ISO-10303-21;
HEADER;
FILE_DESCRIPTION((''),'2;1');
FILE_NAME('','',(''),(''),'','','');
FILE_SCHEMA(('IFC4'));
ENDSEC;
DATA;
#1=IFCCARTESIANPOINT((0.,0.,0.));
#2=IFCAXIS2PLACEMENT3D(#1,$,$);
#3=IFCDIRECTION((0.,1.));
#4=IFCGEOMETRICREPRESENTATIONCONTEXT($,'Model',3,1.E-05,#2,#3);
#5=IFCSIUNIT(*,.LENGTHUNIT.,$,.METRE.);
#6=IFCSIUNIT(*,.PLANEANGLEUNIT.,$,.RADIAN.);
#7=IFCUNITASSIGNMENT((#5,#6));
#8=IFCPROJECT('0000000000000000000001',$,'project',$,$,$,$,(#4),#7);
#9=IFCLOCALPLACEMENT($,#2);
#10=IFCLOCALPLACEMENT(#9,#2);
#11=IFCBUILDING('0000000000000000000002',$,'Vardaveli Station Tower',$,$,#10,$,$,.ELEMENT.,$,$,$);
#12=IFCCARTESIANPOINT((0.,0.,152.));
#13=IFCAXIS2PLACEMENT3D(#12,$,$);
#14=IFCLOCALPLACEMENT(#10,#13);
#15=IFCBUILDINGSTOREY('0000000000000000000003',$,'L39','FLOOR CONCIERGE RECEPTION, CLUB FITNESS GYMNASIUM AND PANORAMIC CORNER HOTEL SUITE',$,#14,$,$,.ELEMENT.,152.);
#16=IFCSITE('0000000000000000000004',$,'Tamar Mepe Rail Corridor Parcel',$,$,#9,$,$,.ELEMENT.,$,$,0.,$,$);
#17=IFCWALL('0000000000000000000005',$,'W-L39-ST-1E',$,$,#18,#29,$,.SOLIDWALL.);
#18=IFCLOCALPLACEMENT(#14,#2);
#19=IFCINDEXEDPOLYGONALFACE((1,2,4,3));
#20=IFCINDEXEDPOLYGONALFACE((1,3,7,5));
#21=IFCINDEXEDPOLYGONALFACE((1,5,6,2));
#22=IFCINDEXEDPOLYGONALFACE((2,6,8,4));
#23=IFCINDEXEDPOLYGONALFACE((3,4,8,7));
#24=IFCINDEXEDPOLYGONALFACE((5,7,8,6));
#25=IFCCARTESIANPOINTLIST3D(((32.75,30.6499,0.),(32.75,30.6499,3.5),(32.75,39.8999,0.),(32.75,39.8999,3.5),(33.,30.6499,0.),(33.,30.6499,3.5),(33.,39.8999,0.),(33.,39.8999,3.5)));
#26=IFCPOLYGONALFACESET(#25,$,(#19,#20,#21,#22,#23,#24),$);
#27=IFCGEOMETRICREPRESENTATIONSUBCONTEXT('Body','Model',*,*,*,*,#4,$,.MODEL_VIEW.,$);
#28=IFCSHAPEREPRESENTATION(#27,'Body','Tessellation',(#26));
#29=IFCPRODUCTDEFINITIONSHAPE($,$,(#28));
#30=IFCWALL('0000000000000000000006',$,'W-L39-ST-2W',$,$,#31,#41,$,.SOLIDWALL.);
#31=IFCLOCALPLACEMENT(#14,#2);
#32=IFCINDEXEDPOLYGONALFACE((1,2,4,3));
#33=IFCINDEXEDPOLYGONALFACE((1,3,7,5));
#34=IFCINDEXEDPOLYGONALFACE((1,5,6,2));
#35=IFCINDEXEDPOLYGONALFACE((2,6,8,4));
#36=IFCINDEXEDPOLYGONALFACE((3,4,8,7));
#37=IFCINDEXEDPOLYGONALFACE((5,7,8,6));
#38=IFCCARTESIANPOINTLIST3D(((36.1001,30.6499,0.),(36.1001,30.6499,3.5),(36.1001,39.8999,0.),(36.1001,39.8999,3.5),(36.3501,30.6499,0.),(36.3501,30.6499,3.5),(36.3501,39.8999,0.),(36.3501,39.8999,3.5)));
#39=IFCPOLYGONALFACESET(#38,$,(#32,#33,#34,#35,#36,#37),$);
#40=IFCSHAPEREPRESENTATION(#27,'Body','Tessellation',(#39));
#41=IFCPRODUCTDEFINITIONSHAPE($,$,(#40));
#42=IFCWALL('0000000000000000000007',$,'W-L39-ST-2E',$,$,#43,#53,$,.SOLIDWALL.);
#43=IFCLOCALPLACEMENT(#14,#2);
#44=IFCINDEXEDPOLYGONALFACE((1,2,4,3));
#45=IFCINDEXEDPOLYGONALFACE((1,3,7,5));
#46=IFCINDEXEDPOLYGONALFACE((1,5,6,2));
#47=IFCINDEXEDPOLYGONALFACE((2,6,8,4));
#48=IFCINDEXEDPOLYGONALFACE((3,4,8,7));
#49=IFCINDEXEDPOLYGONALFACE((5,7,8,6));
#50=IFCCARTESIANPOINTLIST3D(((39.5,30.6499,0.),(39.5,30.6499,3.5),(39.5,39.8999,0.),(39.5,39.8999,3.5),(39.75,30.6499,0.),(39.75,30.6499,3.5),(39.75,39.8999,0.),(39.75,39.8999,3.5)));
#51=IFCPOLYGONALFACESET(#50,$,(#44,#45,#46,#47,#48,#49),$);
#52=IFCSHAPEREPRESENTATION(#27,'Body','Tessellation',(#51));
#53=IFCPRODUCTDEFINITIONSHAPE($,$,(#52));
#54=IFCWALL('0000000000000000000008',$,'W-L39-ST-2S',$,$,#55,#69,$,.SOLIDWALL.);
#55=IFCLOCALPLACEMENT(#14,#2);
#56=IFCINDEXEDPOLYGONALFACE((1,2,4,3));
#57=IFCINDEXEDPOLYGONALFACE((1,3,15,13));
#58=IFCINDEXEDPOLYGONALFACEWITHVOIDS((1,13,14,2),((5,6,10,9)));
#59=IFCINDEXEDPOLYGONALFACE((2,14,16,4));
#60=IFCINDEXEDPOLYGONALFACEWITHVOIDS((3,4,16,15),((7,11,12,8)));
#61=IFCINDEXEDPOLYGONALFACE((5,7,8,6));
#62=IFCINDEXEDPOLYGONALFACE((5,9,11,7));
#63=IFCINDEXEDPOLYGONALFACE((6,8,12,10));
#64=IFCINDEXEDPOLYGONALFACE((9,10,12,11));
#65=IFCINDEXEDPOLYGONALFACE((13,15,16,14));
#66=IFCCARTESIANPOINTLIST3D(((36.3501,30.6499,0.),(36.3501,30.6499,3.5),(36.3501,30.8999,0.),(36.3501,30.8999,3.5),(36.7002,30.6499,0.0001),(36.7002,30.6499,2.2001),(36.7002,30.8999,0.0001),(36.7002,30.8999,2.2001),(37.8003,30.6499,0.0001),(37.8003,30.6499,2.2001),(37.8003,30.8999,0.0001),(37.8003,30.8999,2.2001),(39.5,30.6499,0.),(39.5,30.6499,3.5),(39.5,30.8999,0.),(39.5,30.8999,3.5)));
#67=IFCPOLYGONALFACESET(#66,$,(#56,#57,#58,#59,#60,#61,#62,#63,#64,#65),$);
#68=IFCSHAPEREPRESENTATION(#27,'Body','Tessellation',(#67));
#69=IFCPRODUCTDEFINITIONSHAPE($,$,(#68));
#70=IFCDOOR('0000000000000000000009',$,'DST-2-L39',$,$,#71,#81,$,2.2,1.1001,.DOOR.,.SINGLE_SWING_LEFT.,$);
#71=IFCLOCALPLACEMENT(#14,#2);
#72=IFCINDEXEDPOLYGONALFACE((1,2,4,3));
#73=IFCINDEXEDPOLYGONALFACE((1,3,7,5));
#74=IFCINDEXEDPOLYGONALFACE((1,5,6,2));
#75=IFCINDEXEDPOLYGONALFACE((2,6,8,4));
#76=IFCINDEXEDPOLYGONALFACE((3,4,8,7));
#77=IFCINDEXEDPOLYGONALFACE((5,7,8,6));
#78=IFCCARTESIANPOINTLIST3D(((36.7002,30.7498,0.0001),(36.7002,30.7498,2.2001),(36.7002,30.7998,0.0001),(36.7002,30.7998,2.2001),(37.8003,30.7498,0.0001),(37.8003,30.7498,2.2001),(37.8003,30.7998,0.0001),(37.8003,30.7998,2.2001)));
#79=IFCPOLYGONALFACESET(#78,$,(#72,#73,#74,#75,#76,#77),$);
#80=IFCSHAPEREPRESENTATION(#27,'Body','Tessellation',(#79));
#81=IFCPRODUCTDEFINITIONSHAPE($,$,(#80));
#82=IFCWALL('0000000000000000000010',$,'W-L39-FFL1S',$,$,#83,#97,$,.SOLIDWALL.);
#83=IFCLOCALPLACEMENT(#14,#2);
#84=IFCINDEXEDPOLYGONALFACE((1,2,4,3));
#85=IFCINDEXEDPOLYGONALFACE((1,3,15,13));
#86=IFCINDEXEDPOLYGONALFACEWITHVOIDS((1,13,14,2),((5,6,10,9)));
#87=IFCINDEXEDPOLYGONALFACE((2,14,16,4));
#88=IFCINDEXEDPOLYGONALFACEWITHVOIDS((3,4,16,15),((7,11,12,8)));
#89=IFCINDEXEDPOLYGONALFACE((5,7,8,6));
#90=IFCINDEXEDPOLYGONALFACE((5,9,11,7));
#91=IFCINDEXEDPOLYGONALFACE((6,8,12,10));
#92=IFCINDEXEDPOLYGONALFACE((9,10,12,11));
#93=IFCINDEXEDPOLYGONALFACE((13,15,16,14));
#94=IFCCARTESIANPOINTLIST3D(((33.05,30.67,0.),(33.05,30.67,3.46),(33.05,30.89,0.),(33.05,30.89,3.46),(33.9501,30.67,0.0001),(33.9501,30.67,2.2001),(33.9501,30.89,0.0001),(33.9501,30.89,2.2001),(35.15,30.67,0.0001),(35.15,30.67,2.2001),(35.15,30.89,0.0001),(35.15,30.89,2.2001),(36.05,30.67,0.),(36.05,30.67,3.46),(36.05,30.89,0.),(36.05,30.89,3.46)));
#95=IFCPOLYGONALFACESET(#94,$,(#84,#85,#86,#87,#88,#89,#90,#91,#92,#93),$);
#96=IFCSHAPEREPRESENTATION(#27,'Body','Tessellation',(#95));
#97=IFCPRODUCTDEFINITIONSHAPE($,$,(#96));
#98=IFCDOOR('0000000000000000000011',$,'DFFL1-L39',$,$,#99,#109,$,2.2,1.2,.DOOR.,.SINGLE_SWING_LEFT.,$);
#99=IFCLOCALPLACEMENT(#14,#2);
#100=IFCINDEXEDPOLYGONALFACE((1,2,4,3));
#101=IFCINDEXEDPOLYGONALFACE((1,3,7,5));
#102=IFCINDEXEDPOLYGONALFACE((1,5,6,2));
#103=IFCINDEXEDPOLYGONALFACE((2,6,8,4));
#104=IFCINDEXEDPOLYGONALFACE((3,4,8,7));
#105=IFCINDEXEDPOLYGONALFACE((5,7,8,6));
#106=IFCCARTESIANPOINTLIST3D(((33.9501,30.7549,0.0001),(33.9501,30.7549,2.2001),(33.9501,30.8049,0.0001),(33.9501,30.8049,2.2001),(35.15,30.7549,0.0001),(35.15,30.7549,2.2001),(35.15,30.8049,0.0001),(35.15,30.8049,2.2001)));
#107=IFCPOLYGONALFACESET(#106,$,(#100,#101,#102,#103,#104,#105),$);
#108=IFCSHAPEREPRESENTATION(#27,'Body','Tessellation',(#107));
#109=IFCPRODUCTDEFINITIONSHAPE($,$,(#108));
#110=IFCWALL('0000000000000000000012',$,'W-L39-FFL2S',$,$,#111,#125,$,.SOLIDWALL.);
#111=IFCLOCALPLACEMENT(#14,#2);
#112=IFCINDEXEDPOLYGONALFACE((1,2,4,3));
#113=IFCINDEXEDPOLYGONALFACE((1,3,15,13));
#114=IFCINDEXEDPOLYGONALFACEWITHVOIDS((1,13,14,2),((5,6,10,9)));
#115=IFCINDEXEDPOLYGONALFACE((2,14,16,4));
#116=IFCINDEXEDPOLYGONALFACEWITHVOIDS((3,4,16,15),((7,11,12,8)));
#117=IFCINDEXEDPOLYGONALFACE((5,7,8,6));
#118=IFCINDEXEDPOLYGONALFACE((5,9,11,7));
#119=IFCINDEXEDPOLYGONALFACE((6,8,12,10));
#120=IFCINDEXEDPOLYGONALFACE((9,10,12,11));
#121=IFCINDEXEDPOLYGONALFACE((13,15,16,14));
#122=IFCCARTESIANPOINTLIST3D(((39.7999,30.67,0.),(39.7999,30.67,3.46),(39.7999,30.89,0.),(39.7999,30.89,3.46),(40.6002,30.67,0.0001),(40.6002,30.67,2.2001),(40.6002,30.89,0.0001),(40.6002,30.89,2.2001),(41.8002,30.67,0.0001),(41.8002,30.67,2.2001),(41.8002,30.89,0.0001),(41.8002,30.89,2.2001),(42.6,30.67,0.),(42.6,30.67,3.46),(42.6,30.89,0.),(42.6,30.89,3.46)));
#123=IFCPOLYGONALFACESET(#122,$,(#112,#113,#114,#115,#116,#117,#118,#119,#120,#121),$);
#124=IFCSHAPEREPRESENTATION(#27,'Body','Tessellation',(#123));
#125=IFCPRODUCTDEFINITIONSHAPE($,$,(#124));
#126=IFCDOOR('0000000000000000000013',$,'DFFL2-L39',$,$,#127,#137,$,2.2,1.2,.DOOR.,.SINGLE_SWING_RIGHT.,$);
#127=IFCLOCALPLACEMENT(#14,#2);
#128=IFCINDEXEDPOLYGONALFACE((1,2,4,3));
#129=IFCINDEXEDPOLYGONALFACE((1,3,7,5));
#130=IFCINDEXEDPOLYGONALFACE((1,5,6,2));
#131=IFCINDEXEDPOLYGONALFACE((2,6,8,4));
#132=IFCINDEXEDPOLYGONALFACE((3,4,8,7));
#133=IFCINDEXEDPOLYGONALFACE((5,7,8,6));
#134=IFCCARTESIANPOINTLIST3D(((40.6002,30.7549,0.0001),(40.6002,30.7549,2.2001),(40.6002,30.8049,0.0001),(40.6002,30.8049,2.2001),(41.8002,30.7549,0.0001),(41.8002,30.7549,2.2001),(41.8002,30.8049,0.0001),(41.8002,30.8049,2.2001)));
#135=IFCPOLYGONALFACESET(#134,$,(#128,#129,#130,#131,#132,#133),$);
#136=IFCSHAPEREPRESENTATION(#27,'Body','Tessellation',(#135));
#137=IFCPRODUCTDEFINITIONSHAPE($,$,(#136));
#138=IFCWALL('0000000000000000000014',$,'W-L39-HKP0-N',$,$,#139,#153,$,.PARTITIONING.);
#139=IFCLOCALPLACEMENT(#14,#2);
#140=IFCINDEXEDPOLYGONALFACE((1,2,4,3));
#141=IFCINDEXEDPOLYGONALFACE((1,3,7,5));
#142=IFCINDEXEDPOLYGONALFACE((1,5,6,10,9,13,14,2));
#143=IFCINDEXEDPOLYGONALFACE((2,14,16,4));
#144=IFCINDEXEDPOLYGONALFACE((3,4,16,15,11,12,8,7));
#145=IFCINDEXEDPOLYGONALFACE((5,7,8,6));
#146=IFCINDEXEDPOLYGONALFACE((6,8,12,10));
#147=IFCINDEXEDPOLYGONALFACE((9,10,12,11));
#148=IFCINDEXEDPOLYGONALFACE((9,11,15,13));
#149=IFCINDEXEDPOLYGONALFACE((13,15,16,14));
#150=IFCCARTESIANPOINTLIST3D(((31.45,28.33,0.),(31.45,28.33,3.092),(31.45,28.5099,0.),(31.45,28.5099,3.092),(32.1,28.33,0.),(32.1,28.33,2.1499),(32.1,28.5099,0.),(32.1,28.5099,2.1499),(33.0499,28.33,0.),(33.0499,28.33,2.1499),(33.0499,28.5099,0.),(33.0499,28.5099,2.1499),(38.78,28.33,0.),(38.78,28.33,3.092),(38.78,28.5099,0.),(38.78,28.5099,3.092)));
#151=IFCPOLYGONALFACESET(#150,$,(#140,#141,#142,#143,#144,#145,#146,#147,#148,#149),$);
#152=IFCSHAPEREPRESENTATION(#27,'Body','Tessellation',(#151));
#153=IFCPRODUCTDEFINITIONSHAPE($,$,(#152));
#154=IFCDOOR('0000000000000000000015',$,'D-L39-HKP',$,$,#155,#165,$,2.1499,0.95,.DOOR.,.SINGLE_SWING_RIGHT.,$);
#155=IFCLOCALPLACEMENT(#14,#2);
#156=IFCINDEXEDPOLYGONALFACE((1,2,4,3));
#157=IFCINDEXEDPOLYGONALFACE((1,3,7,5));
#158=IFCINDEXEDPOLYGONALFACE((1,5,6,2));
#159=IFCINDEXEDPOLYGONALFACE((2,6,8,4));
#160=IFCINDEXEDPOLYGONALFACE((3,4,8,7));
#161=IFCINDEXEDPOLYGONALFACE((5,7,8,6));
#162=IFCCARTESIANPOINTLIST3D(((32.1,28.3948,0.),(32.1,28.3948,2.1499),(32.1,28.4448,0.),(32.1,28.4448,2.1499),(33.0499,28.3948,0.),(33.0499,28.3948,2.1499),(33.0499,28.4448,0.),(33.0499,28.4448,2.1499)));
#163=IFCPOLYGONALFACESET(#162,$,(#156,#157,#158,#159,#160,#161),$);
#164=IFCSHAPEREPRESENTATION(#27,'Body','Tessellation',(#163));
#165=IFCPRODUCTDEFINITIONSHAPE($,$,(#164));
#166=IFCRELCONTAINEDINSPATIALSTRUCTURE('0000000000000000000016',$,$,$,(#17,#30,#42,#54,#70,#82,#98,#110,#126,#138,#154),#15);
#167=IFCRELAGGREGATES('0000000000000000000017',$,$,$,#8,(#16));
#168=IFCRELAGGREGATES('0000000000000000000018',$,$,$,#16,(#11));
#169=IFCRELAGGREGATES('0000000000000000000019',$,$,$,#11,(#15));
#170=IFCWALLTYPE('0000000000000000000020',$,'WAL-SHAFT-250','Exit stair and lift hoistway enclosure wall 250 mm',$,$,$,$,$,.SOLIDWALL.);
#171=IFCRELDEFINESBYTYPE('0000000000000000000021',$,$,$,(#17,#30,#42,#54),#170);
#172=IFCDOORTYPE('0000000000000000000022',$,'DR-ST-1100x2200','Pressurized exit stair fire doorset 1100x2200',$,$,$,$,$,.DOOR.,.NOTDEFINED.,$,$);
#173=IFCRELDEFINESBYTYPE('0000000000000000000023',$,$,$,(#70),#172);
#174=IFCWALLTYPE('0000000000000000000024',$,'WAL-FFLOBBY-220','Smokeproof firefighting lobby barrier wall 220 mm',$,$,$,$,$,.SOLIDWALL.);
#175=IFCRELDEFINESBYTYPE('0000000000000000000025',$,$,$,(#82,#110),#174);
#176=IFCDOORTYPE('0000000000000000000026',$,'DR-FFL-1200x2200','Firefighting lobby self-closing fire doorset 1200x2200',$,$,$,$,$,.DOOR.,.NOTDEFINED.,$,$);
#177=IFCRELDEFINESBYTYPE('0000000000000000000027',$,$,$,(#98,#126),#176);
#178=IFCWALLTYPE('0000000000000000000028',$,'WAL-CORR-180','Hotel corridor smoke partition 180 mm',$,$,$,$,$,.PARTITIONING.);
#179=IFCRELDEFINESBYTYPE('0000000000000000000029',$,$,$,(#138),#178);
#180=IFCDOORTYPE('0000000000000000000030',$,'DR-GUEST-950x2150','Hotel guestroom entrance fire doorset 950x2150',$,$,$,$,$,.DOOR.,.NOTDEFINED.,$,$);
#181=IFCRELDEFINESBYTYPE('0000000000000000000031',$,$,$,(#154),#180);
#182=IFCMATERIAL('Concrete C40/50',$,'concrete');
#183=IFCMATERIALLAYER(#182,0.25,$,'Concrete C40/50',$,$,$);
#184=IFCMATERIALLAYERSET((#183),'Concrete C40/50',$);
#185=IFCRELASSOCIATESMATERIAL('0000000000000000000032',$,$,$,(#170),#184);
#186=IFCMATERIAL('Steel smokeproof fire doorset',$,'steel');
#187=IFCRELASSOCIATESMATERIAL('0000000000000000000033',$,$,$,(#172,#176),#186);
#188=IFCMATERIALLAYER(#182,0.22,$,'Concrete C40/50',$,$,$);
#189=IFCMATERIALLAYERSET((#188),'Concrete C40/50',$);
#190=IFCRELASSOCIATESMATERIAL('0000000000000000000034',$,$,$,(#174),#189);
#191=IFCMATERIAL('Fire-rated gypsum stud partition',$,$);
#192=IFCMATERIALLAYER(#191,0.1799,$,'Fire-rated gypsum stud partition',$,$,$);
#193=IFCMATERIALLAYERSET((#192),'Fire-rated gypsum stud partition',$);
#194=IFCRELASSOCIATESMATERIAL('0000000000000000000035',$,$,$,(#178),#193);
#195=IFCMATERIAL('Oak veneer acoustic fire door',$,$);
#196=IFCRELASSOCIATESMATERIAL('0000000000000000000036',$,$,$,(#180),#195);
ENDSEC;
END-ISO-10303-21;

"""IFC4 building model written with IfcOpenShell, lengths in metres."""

from ifc_helpers import new_model, si_unit, direction, frame, frame_2d, origin, place, context, subcontext, project, spatial, rectangle, extrude, source, transform, mapped, material, layer, layer_set, type_object, element, fill, save


model = new_model("IFC4")

# Units and contexts
model_context = context("Model", 3, precision=1e-05, world=origin(), true_north=direction((0.0, 1.0)))
body_context = subcontext(model_context, "Body", "Model", "MODEL_VIEW")
ifc_project = project(units=[si_unit("LENGTHUNIT", "METRE"), si_unit("PLANEANGLEUNIT", "RADIAN")], contexts=[model_context])

# Site, building, storey
site_placement = place(None, origin())
site = spatial("IfcSite", under=ifc_project, at=site_placement, Name="Tamar Mepe Rail Corridor Parcel", CompositionType="ELEMENT", RefElevation=0.0)
building_placement = place(site_placement, origin())
building = spatial("IfcBuilding", under=site, at=building_placement, Name="Vardaveli Station Tower", CompositionType="ELEMENT")
storey_placement = place(building_placement, frame((0.0, 0.0, 152.0)))
storey = spatial("IfcBuildingStorey", under=building, at=storey_placement, Name="L39", Description="FLOOR CONCIERGE RECEPTION, CLUB FITNESS GYMNASIUM AND PANORAMIC CORNER HOTEL SUITE", CompositionType="ELEMENT", Elevation=152.0)

# Walls
ifc_material_1 = material(Name="Concrete C40/50", Category="concrete")
ifc_layer_1 = layer(ifc_material_1, 0.25, Name="Concrete C40/50")
ifc_layer_set_1 = layer_set([ifc_layer_1], Name="Concrete C40/50")
wall_type_1 = type_object("IfcWallType", Name="WAL-SHAFT-250", Description="Exit stair and lift hoistway enclosure wall 250 mm", PredefinedType="SOLIDWALL", material=ifc_layer_set_1)
shared_shape_1 = source(origin(), body_context, "Body", "SweptSolid", [
    extrude(rectangle(XDim=9.25, YDim=0.25, at=frame_2d((4.625, 0.0))), origin(), (0.0, 0.0, 1.0), 3.5),
])
for number, where, z_axis, x_axis, name in (
    (1, (32.875, 30.6499, 0.0), (0.0, 0.0, 1.0), (0.0, 1.0, 0.0), "W-L39-ST-1E"),
    (2, (36.2251, 30.6499, 0.0), (0.0, 0.0, 1.0), (0.0, 1.0, 0.0), "W-L39-ST-2W"),
    (3, (39.625, 30.6499, 0.0), (0.0, 0.0, 1.0), (0.0, 1.0, 0.0), "W-L39-ST-2E"),
):
    element("IfcWall", number, at=place(storey_placement, frame(where, z_axis=z_axis, x_axis=x_axis)), inside=storey, type_object=wall_type_1, Name=name, PredefinedType="SOLIDWALL", context=body_context, shape_type="MappedRepresentation", body=[
        mapped(shared_shape_1, transform((0.0, 0.0, 0.0), scale=1.0)),
    ])

# Walls, openings, doors
shared_shape_2 = source(origin(), body_context, "Body", "SweptSolid", [
    extrude(rectangle(XDim=3.1499, YDim=0.25, at=frame_2d((1.575, 0.0))), origin(), (0.0, 0.0, 1.0), 3.5),
])
wall_1_placement = place(storey_placement, frame((36.3501, 30.7749, 0.0), z_axis=(0.0, 0.0, 1.0), x_axis=(1.0, 0.0, 0.0)))
wall_1 = element("IfcWall", 4, at=wall_1_placement, inside=storey, type_object=wall_type_1, Name="W-L39-ST-2S", PredefinedType="SOLIDWALL", context=body_context, shape_type="MappedRepresentation", body=[
    mapped(shared_shape_2, transform((0.0, 0.0, 0.0), scale=1.0)),
])
shared_shape_3 = source(origin(), body_context, "Body", "SweptSolid", [
    extrude(rectangle(XDim=1.1001, YDim=2.2, at=frame_2d((0.55, 1.1001))), frame((0.0, 0.135, 0.0), z_axis=(0.0, -1.0, 0.0), x_axis=(1.0, 0.0, 0.0)), (0.0, 0.0, 1.0), 0.27),
])
opening_1_placement = place(wall_1_placement, frame((0.3501, 0.0, 0.0)))
opening_1 = element("IfcOpeningElement", 5, at=opening_1_placement, cuts=wall_1, PredefinedType="OPENING", context=body_context, shape_type="MappedRepresentation", body=[
    mapped(shared_shape_3, transform((0.0, 0.0, 0.0), scale=1.0)),
])
ifc_material_2 = material(Name="Steel smokeproof fire doorset", Category="steel")
door_type_1 = type_object("IfcDoorType", Name="DR-ST-1100x2200", Description="Pressurized exit stair fire doorset 1100x2200", OperationType="NOTDEFINED", PredefinedType="DOOR", material=ifc_material_2)
shared_shape_4 = source(origin(), body_context, "Body", "SweptSolid", [
    extrude(rectangle(XDim=1.1001, YDim=2.2, at=frame_2d((0.55, 1.1001))), frame((0.0, 0.0249, 0.0), z_axis=(0.0, -1.0, 0.0), x_axis=(1.0, 0.0, 0.0)), (0.0, 0.0, 1.0), 0.05),
])
door_1_placement = place(opening_1_placement, origin())
door_1 = element("IfcDoor", 6, at=door_1_placement, inside=storey, type_object=door_type_1, Name="DST-2-L39", OperationType="SINGLE_SWING_LEFT", OverallHeight=2.2, OverallWidth=1.1001, PredefinedType="DOOR", context=body_context, shape_type="MappedRepresentation", body=[
    mapped(shared_shape_4, transform((0.0, 0.0, 0.0), scale=1.0)),
])
fill(opening_1, door_1)
ifc_layer_2 = layer(ifc_material_1, 0.22, Name="Concrete C40/50")
ifc_layer_set_2 = layer_set([ifc_layer_2], Name="Concrete C40/50")
wall_type_2 = type_object("IfcWallType", Name="WAL-FFLOBBY-220", Description="Smokeproof firefighting lobby barrier wall 220 mm", PredefinedType="SOLIDWALL", material=ifc_layer_set_2)
shared_shape_5 = source(origin(), body_context, "Body", "SweptSolid", [
    extrude(rectangle(XDim=3.0, YDim=0.22, at=frame_2d((1.5, 0.0))), origin(), (0.0, 0.0, 1.0), 3.46),
])
wall_2_placement = place(storey_placement, frame((33.05, 30.78, 0.0), z_axis=(0.0, 0.0, 1.0), x_axis=(1.0, 0.0, 0.0)))
wall_2 = element("IfcWall", 7, at=wall_2_placement, inside=storey, type_object=wall_type_2, Name="W-L39-FFL1S", PredefinedType="SOLIDWALL", context=body_context, shape_type="MappedRepresentation", body=[
    mapped(shared_shape_5, transform((0.0, 0.0, 0.0), scale=1.0)),
])
shared_shape_6 = source(origin(), body_context, "Body", "SweptSolid", [
    extrude(rectangle(XDim=1.2, YDim=2.2, at=frame_2d((0.6001, 1.1001))), frame((0.0, 0.1201, 0.0), z_axis=(0.0, -1.0, 0.0), x_axis=(1.0, 0.0, 0.0)), (0.0, 0.0, 1.0), 0.24),
])
opening_2_placement = place(wall_2_placement, frame((0.8999, 0.0, 0.0)))
opening_2 = element("IfcOpeningElement", 8, at=opening_2_placement, cuts=wall_2, PredefinedType="OPENING", context=body_context, shape_type="MappedRepresentation", body=[
    mapped(shared_shape_6, transform((0.0, 0.0, 0.0), scale=1.0)),
])
door_type_2 = type_object("IfcDoorType", Name="DR-FFL-1200x2200", Description="Firefighting lobby self-closing fire doorset 1200x2200", OperationType="NOTDEFINED", PredefinedType="DOOR", material=ifc_material_2)
shared_shape_7 = source(origin(), body_context, "Body", "SweptSolid", [
    extrude(rectangle(XDim=1.2, YDim=2.2, at=frame_2d((0.6001, 1.1001))), frame((0.0, 0.0249, 0.0), z_axis=(0.0, -1.0, 0.0), x_axis=(1.0, 0.0, 0.0)), (0.0, 0.0, 1.0), 0.05),
])
door_2_placement = place(opening_2_placement, origin())
door_2 = element("IfcDoor", 9, at=door_2_placement, inside=storey, type_object=door_type_2, Name="DFFL1-L39", OperationType="SINGLE_SWING_LEFT", OverallHeight=2.2, OverallWidth=1.2, PredefinedType="DOOR", context=body_context, shape_type="MappedRepresentation", body=[
    mapped(shared_shape_7, transform((0.0, 0.0, 0.0), scale=1.0)),
])
fill(opening_2, door_2)
shared_shape_8 = source(origin(), body_context, "Body", "SweptSolid", [
    extrude(rectangle(XDim=2.8, YDim=0.22, at=frame_2d((1.3999, 0.0))), origin(), (0.0, 0.0, 1.0), 3.46),
])
wall_3_placement = place(storey_placement, frame((39.8, 30.78, 0.0), z_axis=(0.0, 0.0, 1.0), x_axis=(1.0, 0.0, 0.0)))
wall_3 = element("IfcWall", 10, at=wall_3_placement, inside=storey, type_object=wall_type_2, Name="W-L39-FFL2S", PredefinedType="SOLIDWALL", context=body_context, shape_type="MappedRepresentation", body=[
    mapped(shared_shape_8, transform((0.0, 0.0, 0.0), scale=1.0)),
])
opening_3_placement = place(wall_3_placement, frame((0.8, 0.0, 0.0)))
opening_3 = element("IfcOpeningElement", 11, at=opening_3_placement, cuts=wall_3, PredefinedType="OPENING", context=body_context, shape_type="MappedRepresentation", body=[
    mapped(shared_shape_6, transform((0.0, 0.0, 0.0), scale=1.0)),
])
door_3_placement = place(opening_3_placement, origin())
door_3 = element("IfcDoor", 12, at=door_3_placement, inside=storey, type_object=door_type_2, Name="DFFL2-L39", OperationType="SINGLE_SWING_RIGHT", OverallHeight=2.2, OverallWidth=1.2, PredefinedType="DOOR", context=body_context, shape_type="MappedRepresentation", body=[
    mapped(shared_shape_7, transform((0.0, 0.0, 0.0), scale=1.0)),
])
fill(opening_3, door_3)
ifc_material_3 = material(Name="Fire-rated gypsum stud partition")
ifc_layer_3 = layer(ifc_material_3, 0.1799, Name="Fire-rated gypsum stud partition")
ifc_layer_set_3 = layer_set([ifc_layer_3], Name="Fire-rated gypsum stud partition")
wall_type_3 = type_object("IfcWallType", Name="WAL-CORR-180", Description="Hotel corridor smoke partition 180 mm", PredefinedType="PARTITIONING", material=ifc_layer_set_3)
shared_shape_9 = source(origin(), body_context, "Body", "SweptSolid", [
    extrude(rectangle(XDim=7.3301, YDim=0.1799, at=frame_2d((3.665, 0.0))), origin(), (0.0, 0.0, 1.0), 3.092),
])
wall_4_placement = place(storey_placement, frame((31.45, 28.4199, 0.0), z_axis=(0.0, 0.0, 1.0), x_axis=(1.0, 0.0, 0.0)))
wall_4 = element("IfcWall", 13, at=wall_4_placement, inside=storey, type_object=wall_type_3, Name="W-L39-HKP0-N", PredefinedType="PARTITIONING", context=body_context, shape_type="MappedRepresentation", body=[
    mapped(shared_shape_9, transform((0.0, 0.0, 0.0), scale=1.0)),
])
shared_shape_10 = source(origin(), body_context, "Body", "SweptSolid", [
    extrude(rectangle(XDim=0.95, YDim=2.1499, at=frame_2d((0.4751, 1.075))), frame((0.0, 0.1001, 0.0), z_axis=(0.0, -1.0, 0.0), x_axis=(1.0, 0.0, 0.0)), (0.0, 0.0, 1.0), 0.2),
])
opening_4_placement = place(wall_4_placement, frame((0.6499, 0.0, 0.0)))
opening_4 = element("IfcOpeningElement", 14, at=opening_4_placement, cuts=wall_4, PredefinedType="OPENING", context=body_context, shape_type="MappedRepresentation", body=[
    mapped(shared_shape_10, transform((0.0, 0.0, 0.0), scale=1.0)),
])
ifc_material_4 = material(Name="Oak veneer acoustic fire door")
door_type_3 = type_object("IfcDoorType", Name="DR-GUEST-950x2150", Description="Hotel guestroom entrance fire doorset 950x2150", OperationType="NOTDEFINED", PredefinedType="DOOR", material=ifc_material_4)
shared_shape_11 = source(origin(), body_context, "Body", "SweptSolid", [
    extrude(rectangle(XDim=0.95, YDim=2.1499, at=frame_2d((0.4751, 1.075))), frame((0.0, 0.0249, 0.0), z_axis=(0.0, -1.0, 0.0), x_axis=(1.0, 0.0, 0.0)), (0.0, 0.0, 1.0), 0.05),
])
door_4_placement = place(opening_4_placement, origin())
door_4 = element("IfcDoor", 15, at=door_4_placement, inside=storey, type_object=door_type_3, Name="D-L39-HKP", OperationType="SINGLE_SWING_RIGHT", OverallHeight=2.1499, OverallWidth=0.95, PredefinedType="DOOR", context=body_context, shape_type="MappedRepresentation", body=[
    mapped(shared_shape_11, transform((0.0, 0.0, 0.0), scale=1.0)),
])
fill(opening_4, door_4)

save(model, "model.ifc")
